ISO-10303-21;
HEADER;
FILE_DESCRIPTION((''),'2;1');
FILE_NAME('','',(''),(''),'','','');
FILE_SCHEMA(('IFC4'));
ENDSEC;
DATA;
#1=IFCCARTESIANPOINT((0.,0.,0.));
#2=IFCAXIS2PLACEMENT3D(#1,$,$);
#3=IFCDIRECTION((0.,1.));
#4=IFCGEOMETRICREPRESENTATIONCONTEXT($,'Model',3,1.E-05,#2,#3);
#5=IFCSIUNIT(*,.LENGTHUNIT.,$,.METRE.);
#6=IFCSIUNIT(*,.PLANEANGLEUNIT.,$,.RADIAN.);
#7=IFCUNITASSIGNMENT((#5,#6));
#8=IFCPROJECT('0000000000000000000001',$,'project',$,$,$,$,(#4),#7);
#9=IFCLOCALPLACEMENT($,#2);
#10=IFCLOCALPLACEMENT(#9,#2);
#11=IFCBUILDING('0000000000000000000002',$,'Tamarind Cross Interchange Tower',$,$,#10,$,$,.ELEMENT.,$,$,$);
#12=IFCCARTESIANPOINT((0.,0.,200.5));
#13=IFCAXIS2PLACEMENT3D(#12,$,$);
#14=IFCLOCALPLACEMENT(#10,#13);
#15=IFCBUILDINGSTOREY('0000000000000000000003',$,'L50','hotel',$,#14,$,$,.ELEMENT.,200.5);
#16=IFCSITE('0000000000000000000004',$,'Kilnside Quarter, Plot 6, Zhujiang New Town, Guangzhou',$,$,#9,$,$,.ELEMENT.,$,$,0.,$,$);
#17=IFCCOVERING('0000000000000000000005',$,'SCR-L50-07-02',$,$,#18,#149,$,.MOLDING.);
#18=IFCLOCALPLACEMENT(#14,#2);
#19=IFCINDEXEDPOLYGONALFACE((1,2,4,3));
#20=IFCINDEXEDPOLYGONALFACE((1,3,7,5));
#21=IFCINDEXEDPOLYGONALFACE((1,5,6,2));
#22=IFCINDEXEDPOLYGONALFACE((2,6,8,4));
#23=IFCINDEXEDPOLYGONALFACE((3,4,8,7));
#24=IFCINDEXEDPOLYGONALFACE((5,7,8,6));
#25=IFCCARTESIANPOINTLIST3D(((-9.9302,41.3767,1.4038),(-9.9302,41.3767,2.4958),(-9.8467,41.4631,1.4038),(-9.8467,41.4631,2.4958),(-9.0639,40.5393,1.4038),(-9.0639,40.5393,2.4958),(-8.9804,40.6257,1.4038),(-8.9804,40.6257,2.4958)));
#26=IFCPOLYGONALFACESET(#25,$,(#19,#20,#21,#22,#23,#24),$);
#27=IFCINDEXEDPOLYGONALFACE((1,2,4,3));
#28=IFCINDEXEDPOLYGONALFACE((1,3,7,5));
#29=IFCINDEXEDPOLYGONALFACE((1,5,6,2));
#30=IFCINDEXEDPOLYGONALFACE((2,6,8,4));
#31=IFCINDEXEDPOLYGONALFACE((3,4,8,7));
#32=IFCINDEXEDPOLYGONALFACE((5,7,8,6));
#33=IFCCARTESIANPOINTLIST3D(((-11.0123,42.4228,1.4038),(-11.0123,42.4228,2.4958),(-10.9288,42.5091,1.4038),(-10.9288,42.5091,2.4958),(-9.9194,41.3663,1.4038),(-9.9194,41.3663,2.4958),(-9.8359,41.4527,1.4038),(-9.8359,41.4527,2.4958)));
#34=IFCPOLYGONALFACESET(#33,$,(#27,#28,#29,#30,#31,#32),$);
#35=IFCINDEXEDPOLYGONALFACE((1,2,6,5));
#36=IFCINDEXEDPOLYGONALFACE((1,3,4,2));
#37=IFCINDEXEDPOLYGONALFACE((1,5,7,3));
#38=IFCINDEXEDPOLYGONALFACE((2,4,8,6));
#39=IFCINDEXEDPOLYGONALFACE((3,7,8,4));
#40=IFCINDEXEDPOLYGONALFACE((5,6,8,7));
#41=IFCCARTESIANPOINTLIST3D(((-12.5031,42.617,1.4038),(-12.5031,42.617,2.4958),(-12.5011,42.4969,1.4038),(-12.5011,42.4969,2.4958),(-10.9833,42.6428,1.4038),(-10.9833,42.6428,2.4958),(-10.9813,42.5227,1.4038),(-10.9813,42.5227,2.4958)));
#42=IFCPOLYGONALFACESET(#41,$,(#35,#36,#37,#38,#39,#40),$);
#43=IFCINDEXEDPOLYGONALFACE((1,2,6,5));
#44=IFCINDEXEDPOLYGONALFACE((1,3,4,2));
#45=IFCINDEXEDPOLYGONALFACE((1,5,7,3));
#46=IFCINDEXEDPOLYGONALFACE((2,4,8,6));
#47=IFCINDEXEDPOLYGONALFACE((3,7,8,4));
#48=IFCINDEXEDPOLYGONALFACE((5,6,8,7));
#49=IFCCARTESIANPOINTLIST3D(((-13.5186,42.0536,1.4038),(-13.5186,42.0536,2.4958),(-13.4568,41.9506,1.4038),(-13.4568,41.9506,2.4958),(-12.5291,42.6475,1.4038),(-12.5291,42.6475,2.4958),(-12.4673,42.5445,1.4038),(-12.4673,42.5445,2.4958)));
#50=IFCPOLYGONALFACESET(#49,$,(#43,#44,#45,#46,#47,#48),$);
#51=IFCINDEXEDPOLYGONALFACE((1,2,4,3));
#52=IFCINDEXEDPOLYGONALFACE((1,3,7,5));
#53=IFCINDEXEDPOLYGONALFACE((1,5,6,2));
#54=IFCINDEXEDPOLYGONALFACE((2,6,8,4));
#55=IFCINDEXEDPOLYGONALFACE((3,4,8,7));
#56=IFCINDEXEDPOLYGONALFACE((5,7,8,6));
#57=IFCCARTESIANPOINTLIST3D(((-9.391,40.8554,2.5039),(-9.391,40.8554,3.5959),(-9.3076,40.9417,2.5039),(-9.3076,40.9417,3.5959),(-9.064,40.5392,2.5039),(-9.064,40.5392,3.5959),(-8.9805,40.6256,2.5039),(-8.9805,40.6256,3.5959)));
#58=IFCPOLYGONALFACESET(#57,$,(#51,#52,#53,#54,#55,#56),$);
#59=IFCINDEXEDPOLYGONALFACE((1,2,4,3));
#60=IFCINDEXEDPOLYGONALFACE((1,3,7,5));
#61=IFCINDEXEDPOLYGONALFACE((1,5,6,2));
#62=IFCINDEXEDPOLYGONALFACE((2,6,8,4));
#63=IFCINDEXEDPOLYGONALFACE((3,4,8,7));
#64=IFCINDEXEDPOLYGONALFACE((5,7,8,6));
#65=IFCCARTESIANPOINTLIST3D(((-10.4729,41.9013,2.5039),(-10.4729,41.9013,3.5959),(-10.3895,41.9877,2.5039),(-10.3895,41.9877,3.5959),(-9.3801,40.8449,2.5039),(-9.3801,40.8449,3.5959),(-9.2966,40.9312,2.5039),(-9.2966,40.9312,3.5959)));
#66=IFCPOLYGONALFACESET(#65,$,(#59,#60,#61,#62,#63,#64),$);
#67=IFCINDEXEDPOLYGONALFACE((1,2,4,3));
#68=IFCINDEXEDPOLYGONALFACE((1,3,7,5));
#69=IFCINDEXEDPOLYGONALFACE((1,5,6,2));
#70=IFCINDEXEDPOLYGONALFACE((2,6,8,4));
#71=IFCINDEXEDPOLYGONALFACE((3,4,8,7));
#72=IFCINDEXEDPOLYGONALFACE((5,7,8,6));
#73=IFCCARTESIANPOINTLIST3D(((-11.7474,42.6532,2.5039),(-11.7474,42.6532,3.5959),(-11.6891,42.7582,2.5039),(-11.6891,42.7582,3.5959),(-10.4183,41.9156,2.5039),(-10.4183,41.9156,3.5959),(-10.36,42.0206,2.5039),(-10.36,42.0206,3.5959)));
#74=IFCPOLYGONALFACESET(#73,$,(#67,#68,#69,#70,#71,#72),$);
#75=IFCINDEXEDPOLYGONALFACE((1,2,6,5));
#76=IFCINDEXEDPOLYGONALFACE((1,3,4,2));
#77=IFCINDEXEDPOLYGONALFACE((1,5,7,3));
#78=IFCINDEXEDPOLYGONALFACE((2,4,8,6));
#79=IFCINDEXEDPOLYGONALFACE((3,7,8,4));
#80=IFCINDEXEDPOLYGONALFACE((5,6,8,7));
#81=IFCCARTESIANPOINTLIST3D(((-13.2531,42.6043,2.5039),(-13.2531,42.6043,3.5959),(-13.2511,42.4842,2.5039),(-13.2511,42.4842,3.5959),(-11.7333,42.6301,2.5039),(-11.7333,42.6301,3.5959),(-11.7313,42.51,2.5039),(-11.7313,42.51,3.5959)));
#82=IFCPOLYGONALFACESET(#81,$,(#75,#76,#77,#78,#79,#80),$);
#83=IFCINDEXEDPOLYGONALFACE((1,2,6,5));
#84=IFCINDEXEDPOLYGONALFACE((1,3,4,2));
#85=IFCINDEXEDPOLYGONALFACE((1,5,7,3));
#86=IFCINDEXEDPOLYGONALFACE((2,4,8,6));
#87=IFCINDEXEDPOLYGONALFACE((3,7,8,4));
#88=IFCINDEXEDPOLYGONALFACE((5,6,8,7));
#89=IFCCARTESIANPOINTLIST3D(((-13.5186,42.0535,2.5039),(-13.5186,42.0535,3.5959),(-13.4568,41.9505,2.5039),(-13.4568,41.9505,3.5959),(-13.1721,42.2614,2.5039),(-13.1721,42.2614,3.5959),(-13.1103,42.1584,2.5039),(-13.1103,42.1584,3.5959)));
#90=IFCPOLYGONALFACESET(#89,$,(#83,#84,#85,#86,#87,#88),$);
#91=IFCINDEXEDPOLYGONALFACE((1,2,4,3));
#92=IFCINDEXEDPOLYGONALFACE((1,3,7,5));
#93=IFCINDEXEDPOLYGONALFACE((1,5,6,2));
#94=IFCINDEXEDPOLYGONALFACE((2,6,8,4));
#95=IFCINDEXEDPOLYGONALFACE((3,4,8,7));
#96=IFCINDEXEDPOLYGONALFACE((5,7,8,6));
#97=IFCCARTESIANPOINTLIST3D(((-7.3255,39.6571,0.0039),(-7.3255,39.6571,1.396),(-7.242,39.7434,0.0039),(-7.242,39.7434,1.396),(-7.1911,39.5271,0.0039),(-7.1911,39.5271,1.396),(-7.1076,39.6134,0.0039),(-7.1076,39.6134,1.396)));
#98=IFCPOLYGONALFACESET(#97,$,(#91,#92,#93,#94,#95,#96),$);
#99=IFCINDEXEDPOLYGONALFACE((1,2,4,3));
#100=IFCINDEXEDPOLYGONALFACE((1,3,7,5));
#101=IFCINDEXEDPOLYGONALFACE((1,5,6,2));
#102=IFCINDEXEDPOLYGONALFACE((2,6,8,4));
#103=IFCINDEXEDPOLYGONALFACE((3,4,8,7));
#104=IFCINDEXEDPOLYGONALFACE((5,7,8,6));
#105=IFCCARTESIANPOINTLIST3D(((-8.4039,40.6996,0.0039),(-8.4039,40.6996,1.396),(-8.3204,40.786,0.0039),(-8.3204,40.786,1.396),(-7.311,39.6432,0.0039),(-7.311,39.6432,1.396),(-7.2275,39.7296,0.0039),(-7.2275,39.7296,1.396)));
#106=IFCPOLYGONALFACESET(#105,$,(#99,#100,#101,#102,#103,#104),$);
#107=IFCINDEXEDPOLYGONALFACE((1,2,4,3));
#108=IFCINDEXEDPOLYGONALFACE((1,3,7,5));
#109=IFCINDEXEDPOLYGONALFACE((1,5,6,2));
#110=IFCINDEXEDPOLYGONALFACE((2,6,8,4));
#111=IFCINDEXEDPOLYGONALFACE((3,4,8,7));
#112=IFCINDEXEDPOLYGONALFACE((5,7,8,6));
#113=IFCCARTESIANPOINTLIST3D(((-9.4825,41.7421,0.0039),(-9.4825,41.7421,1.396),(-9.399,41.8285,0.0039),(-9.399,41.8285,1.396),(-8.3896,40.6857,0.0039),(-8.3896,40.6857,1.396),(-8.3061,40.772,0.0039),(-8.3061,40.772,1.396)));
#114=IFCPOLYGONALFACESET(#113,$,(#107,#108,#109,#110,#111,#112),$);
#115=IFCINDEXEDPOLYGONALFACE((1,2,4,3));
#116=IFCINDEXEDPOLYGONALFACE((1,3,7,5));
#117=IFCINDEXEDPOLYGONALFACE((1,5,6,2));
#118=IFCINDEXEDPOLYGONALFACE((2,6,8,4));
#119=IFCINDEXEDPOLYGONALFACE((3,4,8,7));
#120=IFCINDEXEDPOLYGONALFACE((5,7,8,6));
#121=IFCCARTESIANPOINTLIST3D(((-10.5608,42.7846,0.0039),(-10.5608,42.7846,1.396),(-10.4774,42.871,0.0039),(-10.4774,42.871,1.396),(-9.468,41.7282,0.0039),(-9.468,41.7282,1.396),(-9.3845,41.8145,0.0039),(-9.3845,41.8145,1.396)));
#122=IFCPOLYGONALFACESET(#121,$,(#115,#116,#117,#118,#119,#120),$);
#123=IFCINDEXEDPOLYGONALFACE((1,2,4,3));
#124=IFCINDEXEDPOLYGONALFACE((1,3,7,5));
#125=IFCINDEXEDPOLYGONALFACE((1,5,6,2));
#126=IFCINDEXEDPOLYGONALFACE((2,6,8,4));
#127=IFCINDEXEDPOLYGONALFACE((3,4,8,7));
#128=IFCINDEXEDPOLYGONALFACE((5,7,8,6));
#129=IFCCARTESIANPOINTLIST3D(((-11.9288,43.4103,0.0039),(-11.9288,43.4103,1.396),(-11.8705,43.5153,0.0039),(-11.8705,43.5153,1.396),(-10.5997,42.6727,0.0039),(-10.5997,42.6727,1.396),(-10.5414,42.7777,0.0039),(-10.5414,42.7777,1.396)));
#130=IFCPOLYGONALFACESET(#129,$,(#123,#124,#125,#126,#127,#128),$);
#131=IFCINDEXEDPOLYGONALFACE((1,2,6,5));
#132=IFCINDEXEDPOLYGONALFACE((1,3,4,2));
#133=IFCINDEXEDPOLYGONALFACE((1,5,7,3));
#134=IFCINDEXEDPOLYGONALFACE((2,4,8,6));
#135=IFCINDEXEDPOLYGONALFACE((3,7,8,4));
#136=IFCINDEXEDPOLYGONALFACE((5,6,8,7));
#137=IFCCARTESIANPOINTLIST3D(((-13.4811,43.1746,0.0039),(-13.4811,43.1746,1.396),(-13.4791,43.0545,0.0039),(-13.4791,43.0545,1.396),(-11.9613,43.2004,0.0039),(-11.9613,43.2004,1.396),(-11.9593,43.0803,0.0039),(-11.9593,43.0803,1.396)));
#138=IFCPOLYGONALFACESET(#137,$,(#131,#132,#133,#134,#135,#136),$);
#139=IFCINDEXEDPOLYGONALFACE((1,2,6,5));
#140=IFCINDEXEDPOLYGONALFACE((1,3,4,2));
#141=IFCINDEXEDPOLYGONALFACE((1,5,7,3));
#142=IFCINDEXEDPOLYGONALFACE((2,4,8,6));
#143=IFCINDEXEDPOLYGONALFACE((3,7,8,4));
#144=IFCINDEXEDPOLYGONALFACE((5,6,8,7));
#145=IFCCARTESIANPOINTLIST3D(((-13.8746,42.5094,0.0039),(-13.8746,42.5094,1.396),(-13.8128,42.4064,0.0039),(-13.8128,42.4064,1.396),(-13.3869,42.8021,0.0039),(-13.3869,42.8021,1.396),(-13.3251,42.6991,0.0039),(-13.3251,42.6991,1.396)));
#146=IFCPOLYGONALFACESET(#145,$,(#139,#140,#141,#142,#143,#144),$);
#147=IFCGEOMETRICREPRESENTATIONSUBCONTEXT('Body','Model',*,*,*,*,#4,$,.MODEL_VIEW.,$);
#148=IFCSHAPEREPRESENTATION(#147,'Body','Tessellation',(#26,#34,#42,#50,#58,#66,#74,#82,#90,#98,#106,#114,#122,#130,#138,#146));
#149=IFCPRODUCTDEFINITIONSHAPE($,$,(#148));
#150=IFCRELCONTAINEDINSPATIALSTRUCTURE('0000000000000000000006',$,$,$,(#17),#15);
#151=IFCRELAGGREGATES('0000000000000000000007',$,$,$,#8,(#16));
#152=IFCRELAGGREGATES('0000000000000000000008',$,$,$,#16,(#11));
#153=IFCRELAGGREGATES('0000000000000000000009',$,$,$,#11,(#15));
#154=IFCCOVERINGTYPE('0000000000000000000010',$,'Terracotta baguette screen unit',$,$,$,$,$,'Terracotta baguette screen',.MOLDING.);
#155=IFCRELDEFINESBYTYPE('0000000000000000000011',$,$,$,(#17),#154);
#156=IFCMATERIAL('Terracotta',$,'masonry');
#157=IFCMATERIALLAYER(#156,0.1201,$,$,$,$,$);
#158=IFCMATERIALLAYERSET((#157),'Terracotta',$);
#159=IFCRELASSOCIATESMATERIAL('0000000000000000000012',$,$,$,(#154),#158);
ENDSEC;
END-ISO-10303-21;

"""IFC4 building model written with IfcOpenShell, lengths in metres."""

from ifc_helpers import new_model, si_unit, direction, frame, origin, origin_2d, place, context, subcontext, project, spatial, rectangle, extrude, material, layer, layer_set, type_object, element, save


model = new_model("IFC4")

# Units and contexts
model_context = context("Model", 3, precision=1e-05, world=origin(), true_north=direction((0.0, 1.0)))
body_context = subcontext(model_context, "Body", "Model", "MODEL_VIEW")
ifc_project = project(units=[si_unit("LENGTHUNIT", "METRE"), si_unit("PLANEANGLEUNIT", "RADIAN")], contexts=[model_context])

# Site, building, storey
site_placement = place(None, origin())
site = spatial("IfcSite", under=ifc_project, at=site_placement, Name="Kilnside Quarter, Plot 6, Zhujiang New Town, Guangzhou", CompositionType="ELEMENT", RefElevation=0.0)
building_placement = place(site_placement, origin())
building = spatial("IfcBuilding", under=site, at=building_placement, Name="Tamarind Cross Interchange Tower", CompositionType="ELEMENT")
storey_placement = place(building_placement, frame((0.0, 0.0, 200.5)))
storey = spatial("IfcBuildingStorey", under=building, at=storey_placement, Name="L50", Description="hotel", CompositionType="ELEMENT", Elevation=200.5)

# Covering
ifc_material_1 = material(Name="Terracotta", Category="masonry")
ifc_layer_1 = layer(ifc_material_1, 0.1201)
ifc_layer_set_1 = layer_set([ifc_layer_1], Name="Terracotta")
covering_type = type_object("IfcCoveringType", Name="Terracotta baguette screen unit", ElementType="Terracotta baguette screen", PredefinedType="MOLDING", material=ifc_layer_set_1)
covering_1_placement = place(storey_placement, origin())
element("IfcCovering", 1, at=covering_1_placement, inside=storey, type_object=covering_type, Name="SCR-L50-07-02", PredefinedType="MOLDING", context=body_context, shape_type="SweptSolid", body=[
    extrude(rectangle(XDim=1.2048, YDim=0.1201, at=origin_2d()), frame((-9.4553, 41.0012, 1.4038), z_axis=(0.0, 0.0, 1.0), x_axis=(-0.718991, 0.69502, 0.0)), (0.0, 0.0, 1.0), 1.092),
    extrude(rectangle(XDim=1.52, YDim=0.1201, at=origin_2d()), frame((-10.4241, 41.9377, 1.4038), z_axis=(0.0, 0.0, 1.0), x_axis=(-0.718991, 0.69502, 0.0)), (0.0, 0.0, 1.0), 1.092),
    extrude(rectangle(XDim=1.52, YDim=0.1201, at=origin_2d()), frame((-11.7422, 42.5698, 1.4038), z_axis=(0.0, 0.0, 1.0), x_axis=(-0.999856, -0.01695, 0.0)), (0.0, 0.0, 1.0), 1.092),
    extrude(rectangle(XDim=1.1541, YDim=0.1201, at=origin_2d()), frame((-12.9929, 42.2991, 1.4038), z_axis=(0.0, 0.0, 1.0), x_axis=(-0.857426, -0.514607, 0.0)), (0.0, 0.0, 1.0), 1.092),
    extrude(rectangle(XDim=0.4548, YDim=0.1201, at=origin_2d()), frame((-9.1858, 40.7405, 2.5039), z_axis=(0.0, 0.0, 1.0), x_axis=(-0.718991, 0.69502, 0.0)), (0.0, 0.0, 1.0), 1.092),
    extrude(rectangle(XDim=1.52, YDim=0.1201, at=origin_2d()), frame((-9.8848, 41.4163, 2.5039), z_axis=(0.0, 0.0, 1.0), x_axis=(-0.718991, 0.69502, 0.0)), (0.0, 0.0, 1.0), 1.092),
    extrude(rectangle(XDim=1.52, YDim=0.1201, at=origin_2d()), frame((-11.0537, 42.3369, 2.5039), z_axis=(0.0, 0.0, 1.0), x_axis=(-0.874376, 0.485249, 0.0)), (0.0, 0.0, 1.0), 1.092),
    extrude(rectangle(XDim=1.52, YDim=0.1201, at=origin_2d()), frame((-12.4922, 42.5571, 2.5039), z_axis=(0.0, 0.0, 1.0), x_axis=(-0.999856, -0.01695, 0.0)), (0.0, 0.0, 1.0), 1.092),
    extrude(rectangle(XDim=0.4041, YDim=0.1201, at=origin_2d()), frame((-13.3145, 42.106, 2.5039), z_axis=(0.0, 0.0, 1.0), x_axis=(-0.857426, -0.514607, 0.0)), (0.0, 0.0, 1.0), 1.092),
    extrude(rectangle(XDim=0.187, YDim=0.1201, at=origin_2d()), frame((-7.2166, 39.6353, 0.0039), z_axis=(0.0, 0.0, 1.0), x_axis=(-0.718991, 0.69502, 0.0)), (0.0, 0.0, 1.0), 1.3921),
    extrude(rectangle(XDim=1.52, YDim=0.1201, at=origin_2d()), frame((-7.8157, 40.2146, 0.0039), z_axis=(0.0, 0.0, 1.0), x_axis=(-0.718991, 0.69502, 0.0)), (0.0, 0.0, 1.0), 1.3921),
    extrude(rectangle(XDim=1.52, YDim=0.1201, at=origin_2d()), frame((-8.8943, 41.2571, 0.0039), z_axis=(0.0, 0.0, 1.0), x_axis=(-0.718991, 0.69502, 0.0)), (0.0, 0.0, 1.0), 1.3921),
    extrude(rectangle(XDim=1.52, YDim=0.1201, at=origin_2d()), frame((-9.9727, 42.2996, 0.0039), z_axis=(0.0, 0.0, 1.0), x_axis=(-0.718991, 0.69502, 0.0)), (0.0, 0.0, 1.0), 1.3921),
    extrude(rectangle(XDim=1.52, YDim=0.1201, at=origin_2d()), frame((-11.2351, 43.094, 0.0039), z_axis=(0.0, 0.0, 1.0), x_axis=(-0.874376, 0.485249, 0.0)), (0.0, 0.0, 1.0), 1.3921),
    extrude(rectangle(XDim=1.52, YDim=0.1201, at=origin_2d()), frame((-12.7202, 43.1274, 0.0039), z_axis=(0.0, 0.0, 1.0), x_axis=(-0.999856, -0.01695, 0.0)), (0.0, 0.0, 1.0), 1.3921),
    extrude(rectangle(XDim=0.5688, YDim=0.1201, at=origin_2d()), frame((-13.5999, 42.6042, 0.0039), z_axis=(0.0, 0.0, 1.0), x_axis=(-0.857426, -0.514607, 0.0)), (0.0, 0.0, 1.0), 1.3921),
])

save(model, "model.ifc")
